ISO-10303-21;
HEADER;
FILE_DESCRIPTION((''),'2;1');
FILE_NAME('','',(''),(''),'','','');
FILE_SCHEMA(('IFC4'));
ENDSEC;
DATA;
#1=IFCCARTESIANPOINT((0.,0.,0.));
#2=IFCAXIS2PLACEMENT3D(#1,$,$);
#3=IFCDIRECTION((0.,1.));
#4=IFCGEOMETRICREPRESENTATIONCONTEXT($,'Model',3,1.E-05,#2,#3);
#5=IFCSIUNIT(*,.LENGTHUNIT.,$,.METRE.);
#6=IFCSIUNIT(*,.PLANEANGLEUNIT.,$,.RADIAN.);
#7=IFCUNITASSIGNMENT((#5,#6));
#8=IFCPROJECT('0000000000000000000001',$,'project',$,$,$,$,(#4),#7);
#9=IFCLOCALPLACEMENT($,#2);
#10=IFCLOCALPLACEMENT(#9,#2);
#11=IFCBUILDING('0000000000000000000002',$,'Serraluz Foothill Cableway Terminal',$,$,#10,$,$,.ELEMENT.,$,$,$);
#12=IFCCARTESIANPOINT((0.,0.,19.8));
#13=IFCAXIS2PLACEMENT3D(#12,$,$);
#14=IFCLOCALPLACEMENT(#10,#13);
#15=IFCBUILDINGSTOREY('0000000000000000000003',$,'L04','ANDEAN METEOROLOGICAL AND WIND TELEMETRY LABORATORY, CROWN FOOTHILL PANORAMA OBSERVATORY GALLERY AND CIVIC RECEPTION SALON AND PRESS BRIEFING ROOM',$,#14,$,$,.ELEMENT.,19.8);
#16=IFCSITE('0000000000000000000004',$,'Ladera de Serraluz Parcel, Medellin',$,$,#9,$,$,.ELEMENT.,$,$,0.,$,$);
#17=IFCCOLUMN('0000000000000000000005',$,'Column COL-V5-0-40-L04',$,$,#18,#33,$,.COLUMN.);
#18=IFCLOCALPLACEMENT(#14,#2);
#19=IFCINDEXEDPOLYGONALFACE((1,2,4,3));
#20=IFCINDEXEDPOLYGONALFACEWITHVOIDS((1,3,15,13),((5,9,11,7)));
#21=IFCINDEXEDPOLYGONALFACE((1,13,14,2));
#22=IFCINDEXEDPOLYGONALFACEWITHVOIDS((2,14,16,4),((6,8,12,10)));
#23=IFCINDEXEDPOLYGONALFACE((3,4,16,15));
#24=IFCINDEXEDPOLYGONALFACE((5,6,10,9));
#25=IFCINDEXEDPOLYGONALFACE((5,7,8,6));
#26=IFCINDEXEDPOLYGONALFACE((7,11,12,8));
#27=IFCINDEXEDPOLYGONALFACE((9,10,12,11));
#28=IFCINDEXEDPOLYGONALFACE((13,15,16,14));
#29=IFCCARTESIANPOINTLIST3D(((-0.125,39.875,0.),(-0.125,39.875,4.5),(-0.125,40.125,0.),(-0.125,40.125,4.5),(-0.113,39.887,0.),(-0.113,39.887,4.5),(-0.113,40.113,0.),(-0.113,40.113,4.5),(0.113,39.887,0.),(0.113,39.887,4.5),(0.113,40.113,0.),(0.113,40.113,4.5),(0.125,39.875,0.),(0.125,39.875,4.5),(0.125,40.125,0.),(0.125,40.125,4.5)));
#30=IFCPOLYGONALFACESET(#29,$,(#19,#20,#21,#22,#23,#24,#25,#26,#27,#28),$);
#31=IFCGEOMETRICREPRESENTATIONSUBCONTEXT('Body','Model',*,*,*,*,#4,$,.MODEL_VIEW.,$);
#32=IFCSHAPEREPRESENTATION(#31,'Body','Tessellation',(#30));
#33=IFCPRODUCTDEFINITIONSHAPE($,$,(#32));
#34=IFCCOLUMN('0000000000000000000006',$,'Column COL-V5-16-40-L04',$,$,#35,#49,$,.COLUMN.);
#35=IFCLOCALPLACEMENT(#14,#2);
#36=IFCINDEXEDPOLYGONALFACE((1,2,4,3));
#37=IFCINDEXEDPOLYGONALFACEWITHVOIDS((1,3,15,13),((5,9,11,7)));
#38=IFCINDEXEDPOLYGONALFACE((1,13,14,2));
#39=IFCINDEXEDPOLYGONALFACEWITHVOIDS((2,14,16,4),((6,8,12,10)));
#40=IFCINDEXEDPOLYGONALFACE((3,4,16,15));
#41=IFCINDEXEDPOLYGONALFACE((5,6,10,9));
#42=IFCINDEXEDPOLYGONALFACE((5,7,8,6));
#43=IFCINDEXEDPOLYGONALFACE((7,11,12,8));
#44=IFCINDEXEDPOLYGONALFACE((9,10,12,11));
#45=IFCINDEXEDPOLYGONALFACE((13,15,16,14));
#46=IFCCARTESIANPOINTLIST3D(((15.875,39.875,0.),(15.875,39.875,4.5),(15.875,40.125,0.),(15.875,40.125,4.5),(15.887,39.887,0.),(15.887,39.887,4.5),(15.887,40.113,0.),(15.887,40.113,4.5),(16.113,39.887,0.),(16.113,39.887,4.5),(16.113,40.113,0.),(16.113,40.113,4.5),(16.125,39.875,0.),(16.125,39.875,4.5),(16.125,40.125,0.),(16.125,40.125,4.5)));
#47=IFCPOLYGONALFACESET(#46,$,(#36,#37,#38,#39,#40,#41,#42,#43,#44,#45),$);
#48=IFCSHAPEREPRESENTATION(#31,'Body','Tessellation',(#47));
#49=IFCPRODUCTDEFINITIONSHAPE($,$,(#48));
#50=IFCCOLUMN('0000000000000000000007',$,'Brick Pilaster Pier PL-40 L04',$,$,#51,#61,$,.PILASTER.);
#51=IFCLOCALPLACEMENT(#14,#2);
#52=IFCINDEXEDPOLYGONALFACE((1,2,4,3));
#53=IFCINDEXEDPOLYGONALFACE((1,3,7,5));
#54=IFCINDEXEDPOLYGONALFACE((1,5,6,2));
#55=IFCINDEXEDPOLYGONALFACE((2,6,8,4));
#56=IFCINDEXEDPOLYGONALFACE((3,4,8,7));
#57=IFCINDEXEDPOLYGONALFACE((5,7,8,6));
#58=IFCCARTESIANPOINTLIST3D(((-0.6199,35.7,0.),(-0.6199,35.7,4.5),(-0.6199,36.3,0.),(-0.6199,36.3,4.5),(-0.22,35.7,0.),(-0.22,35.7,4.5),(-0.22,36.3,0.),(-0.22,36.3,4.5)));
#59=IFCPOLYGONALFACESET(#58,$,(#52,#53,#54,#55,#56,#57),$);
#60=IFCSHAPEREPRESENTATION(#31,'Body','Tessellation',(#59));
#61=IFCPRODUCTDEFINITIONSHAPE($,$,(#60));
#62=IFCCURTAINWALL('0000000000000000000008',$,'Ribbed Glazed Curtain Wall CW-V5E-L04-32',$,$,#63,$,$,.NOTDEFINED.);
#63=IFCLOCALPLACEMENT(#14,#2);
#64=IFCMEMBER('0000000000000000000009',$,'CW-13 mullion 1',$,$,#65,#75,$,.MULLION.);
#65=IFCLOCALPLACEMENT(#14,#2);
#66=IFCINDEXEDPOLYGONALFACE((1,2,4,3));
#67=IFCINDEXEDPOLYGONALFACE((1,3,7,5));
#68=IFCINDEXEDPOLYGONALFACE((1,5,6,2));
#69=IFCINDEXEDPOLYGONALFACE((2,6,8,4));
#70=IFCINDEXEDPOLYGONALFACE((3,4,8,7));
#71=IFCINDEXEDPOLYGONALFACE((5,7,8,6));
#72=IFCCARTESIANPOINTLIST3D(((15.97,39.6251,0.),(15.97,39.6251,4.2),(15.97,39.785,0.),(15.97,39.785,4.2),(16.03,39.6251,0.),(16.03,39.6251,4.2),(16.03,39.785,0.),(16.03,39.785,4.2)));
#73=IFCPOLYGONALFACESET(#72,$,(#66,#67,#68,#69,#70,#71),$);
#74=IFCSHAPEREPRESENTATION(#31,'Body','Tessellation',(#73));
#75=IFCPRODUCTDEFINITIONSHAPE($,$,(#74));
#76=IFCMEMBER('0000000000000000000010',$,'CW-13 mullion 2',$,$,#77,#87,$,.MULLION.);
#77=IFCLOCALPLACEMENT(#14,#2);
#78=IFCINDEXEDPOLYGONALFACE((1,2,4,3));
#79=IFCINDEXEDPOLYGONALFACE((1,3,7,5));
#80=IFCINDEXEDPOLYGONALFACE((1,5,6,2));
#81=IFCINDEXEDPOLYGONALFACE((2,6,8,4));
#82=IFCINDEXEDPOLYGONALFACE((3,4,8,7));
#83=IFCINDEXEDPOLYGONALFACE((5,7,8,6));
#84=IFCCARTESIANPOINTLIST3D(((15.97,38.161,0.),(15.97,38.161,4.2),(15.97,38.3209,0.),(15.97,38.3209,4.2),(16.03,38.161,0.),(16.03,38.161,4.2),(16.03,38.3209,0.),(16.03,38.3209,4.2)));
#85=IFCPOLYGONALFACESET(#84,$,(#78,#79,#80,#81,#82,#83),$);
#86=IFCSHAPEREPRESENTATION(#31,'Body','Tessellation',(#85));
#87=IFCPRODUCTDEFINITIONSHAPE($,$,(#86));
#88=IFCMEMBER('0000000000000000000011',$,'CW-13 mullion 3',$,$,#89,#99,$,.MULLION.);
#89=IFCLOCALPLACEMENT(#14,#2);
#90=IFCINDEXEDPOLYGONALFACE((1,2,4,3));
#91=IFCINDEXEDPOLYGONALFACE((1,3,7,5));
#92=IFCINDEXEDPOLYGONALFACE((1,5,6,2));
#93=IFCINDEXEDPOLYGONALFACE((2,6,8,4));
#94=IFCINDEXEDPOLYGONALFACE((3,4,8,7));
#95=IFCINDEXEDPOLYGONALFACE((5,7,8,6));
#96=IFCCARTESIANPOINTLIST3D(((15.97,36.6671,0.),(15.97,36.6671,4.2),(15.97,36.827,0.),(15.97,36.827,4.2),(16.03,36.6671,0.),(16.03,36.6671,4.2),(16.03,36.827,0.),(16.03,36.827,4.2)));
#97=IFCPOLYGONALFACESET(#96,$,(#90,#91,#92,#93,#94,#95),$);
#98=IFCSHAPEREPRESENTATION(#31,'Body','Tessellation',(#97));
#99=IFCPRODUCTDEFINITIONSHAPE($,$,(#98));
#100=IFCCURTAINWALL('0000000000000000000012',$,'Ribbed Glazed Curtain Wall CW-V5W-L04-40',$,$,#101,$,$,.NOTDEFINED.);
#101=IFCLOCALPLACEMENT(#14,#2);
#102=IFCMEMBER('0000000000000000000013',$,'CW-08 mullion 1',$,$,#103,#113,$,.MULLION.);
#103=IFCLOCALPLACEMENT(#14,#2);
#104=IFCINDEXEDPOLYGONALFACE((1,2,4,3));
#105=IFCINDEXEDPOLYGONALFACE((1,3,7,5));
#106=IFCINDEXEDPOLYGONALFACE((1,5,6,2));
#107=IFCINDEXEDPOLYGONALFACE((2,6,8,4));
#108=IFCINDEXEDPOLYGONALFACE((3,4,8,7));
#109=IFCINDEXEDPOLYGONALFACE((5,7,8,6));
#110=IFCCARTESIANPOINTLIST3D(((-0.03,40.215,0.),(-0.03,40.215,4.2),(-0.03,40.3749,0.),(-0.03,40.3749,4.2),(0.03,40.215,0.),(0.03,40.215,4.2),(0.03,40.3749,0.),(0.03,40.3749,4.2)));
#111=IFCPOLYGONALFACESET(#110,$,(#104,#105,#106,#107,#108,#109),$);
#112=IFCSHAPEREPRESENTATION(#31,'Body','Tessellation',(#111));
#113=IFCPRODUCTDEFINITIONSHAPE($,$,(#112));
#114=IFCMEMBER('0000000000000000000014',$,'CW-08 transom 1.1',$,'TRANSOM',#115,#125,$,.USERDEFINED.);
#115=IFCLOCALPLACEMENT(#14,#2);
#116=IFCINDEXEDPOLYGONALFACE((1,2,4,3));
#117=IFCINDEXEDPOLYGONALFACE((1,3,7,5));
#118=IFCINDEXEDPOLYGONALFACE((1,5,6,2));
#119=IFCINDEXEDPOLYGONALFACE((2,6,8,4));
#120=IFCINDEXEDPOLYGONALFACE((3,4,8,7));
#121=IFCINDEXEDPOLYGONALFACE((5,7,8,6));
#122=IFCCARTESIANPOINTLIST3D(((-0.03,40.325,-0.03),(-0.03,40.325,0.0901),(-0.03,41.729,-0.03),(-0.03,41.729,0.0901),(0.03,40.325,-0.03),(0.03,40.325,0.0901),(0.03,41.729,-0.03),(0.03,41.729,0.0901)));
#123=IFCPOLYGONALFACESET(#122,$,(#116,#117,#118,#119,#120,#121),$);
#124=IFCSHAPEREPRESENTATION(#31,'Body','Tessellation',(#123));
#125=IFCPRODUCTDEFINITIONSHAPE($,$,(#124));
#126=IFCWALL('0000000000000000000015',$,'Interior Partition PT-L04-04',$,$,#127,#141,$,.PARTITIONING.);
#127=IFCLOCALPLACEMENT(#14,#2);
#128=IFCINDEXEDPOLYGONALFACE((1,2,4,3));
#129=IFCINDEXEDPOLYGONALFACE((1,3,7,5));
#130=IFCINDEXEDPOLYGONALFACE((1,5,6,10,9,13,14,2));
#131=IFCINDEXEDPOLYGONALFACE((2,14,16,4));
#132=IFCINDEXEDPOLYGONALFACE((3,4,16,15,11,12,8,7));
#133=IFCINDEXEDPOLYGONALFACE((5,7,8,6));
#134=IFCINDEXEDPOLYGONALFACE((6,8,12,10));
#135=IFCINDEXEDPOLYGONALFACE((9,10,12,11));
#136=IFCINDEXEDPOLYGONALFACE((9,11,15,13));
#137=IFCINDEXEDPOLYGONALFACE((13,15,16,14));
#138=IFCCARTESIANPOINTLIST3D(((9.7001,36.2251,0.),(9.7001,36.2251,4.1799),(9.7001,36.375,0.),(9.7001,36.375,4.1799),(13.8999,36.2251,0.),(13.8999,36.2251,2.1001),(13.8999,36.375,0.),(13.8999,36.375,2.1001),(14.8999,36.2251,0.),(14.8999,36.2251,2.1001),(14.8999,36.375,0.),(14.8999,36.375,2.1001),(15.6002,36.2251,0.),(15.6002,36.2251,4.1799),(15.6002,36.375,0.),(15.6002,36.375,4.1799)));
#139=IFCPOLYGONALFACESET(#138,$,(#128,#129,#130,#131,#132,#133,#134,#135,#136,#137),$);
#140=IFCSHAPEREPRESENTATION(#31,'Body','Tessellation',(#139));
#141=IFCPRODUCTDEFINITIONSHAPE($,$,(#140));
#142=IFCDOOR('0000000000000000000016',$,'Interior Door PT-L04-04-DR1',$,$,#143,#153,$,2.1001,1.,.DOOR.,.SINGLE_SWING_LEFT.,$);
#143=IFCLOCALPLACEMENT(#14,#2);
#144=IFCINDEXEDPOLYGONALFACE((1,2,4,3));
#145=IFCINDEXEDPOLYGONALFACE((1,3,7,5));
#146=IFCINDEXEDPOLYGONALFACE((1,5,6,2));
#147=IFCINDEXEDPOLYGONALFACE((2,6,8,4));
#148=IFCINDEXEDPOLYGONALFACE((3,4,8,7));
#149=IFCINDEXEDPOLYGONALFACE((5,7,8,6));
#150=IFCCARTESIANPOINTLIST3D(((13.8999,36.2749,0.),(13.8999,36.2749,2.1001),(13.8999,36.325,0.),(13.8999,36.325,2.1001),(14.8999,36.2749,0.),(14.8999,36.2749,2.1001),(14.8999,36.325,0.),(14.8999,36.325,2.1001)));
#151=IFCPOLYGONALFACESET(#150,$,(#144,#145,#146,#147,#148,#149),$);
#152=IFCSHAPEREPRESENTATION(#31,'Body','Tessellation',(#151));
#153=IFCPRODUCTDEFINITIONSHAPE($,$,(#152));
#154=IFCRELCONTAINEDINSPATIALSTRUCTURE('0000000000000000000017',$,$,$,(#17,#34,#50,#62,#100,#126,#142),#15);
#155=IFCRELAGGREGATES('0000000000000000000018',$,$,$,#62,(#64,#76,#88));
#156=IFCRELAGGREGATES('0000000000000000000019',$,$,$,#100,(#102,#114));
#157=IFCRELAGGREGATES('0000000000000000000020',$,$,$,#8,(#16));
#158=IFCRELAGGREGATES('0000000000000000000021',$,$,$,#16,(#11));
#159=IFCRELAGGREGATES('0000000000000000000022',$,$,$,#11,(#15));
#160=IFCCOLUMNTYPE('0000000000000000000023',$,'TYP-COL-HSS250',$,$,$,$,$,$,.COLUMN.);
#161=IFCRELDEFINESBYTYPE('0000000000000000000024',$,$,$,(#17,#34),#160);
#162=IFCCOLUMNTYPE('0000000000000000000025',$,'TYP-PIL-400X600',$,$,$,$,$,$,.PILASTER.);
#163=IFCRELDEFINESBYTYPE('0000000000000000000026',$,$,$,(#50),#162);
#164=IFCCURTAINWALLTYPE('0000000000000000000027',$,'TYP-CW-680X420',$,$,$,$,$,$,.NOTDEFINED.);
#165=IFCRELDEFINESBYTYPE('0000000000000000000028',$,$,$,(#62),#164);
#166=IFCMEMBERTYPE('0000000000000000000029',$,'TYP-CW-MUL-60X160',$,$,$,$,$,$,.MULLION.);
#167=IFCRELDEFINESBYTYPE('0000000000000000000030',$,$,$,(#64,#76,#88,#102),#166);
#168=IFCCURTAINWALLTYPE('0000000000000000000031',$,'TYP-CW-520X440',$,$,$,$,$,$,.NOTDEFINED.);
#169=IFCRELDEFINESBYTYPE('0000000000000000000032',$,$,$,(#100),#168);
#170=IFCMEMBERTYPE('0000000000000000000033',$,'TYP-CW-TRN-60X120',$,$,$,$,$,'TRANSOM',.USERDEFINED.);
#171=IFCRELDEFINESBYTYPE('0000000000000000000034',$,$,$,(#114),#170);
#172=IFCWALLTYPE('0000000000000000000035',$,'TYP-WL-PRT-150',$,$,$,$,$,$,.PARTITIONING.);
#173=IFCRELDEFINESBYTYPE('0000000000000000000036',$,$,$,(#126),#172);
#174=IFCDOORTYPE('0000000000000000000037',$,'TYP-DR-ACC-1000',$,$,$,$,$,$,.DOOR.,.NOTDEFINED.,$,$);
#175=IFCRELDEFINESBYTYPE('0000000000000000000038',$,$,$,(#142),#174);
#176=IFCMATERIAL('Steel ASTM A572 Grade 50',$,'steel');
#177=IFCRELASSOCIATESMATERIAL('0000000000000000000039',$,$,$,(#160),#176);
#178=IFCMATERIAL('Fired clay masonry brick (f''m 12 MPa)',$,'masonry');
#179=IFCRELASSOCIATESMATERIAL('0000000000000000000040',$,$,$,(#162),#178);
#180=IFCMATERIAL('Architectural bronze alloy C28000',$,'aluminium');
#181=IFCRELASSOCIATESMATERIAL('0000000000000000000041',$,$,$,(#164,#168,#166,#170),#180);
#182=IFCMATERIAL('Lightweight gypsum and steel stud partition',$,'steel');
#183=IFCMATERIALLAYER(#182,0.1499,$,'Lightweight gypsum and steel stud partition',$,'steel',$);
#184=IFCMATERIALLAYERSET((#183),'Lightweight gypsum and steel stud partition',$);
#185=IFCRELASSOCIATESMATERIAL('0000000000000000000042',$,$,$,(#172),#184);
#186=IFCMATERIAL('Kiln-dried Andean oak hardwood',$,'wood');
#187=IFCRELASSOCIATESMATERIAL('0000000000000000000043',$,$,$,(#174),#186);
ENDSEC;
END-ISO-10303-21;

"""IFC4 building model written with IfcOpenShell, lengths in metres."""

from ifc_helpers import new_model, si_unit, direction, frame, frame_2d, origin, origin_2d, place, context, subcontext, project, spatial, rectangle, hollow_rectangle, extrude, material, layer, layer_set, material_profile, profile_set, type_object, element, fill, aggregate, save


model = new_model("IFC4")

# Units and contexts
model_context = context("Model", 3, precision=1e-05, world=origin(), true_north=direction((0.0, 1.0)))
body_context = subcontext(model_context, "Body", "Model", "MODEL_VIEW")
ifc_project = project(units=[si_unit("LENGTHUNIT", "METRE"), si_unit("PLANEANGLEUNIT", "RADIAN")], contexts=[model_context])

# Site, building, storey
site_placement = place(None, origin())
site = spatial("IfcSite", under=ifc_project, at=site_placement, Name="Ladera de Serraluz Parcel, Medellin", CompositionType="ELEMENT", RefElevation=0.0)
building_placement = place(site_placement, origin())
building = spatial("IfcBuilding", under=site, at=building_placement, Name="Serraluz Foothill Cableway Terminal", CompositionType="ELEMENT")
storey_placement = place(building_placement, frame((0.0, 0.0, 19.8)))
storey = spatial("IfcBuildingStorey", under=building, at=storey_placement, Name="L04", Description="ANDEAN METEOROLOGICAL AND WIND TELEMETRY LABORATORY, CROWN FOOTHILL PANORAMA OBSERVATORY GALLERY AND CIVIC RECEPTION SALON AND PRESS BRIEFING ROOM", CompositionType="ELEMENT", Elevation=19.8)

# Columns
ifc_material_1 = material(Name="Steel ASTM A572 Grade 50", Category="steel")
ifc_material_profile_1 = material_profile(ifc_material_1, hollow_rectangle(XDim=0.25, YDim=0.25, WallThickness=0.012, at=origin_2d()), Name="HSS250X250X12")
ifc_profile_set_1 = profile_set([ifc_material_profile_1], Name="Steel ASTM A572 Grade 50")
column_type_1 = type_object("IfcColumnType", Name="TYP-COL-HSS250", PredefinedType="COLUMN", material=ifc_profile_set_1)
for number, where, z_axis, x_axis, name in (
    (1, (0.0, 40.0, 0.0), (0.0, 0.0, 1.0), (1.0, 0.0, 0.0), "Column COL-V5-0-40-L04"),
    (2, (16.0, 40.0, 0.0), (0.0, 0.0, 1.0), (1.0, 0.0, 0.0), "Column COL-V5-16-40-L04"),
):
    element("IfcColumn", number, at=place(storey_placement, frame(where, z_axis=z_axis, x_axis=x_axis)), inside=storey, type_object=column_type_1, Name=name, PredefinedType="COLUMN", context=body_context, shape_type="SweptSolid", body=[
        extrude(hollow_rectangle(XDim=0.25, YDim=0.25, WallThickness=0.012, at=origin_2d()), origin(), (0.0, 0.0, 1.0), 4.5),
    ])
ifc_material_2 = material(Name="Fired clay masonry brick (f'm 12 MPa)", Category="masonry")
ifc_material_profile_2 = material_profile(ifc_material_2, rectangle(XDim=0.3999, YDim=0.6001, at=origin_2d()), Name="PIL 400x600")
ifc_profile_set_2 = profile_set([ifc_material_profile_2], Name="Fired clay masonry brick (f'm 12 MPa)")
column_type_2 = type_object("IfcColumnType", Name="TYP-PIL-400X600", PredefinedType="PILASTER", material=ifc_profile_set_2)
column_placement = place(storey_placement, frame((-0.4199, 36.0, 0.0), z_axis=(0.0, 0.0, 1.0), x_axis=(1.0, 0.0, 0.0)))
element("IfcColumn", 3, at=column_placement, inside=storey, type_object=column_type_2, Name="Brick Pilaster Pier PL-40 L04", PredefinedType="PILASTER", context=body_context, shape_type="SweptSolid", body=[
    extrude(rectangle(XDim=0.3999, YDim=0.6001, at=origin_2d()), origin(), (0.0, 0.0, 1.0), 4.5),
])

# Curtain walls, members
ifc_material_3 = material(Name="Architectural bronze alloy C28000", Category="aluminium")
curtain_wall_type_1 = type_object("IfcCurtainWallType", Name="TYP-CW-680X420", PredefinedType="NOTDEFINED", material=ifc_material_3)
curtain_wall_1_placement = place(storey_placement, origin())
curtain_wall_1 = element("IfcCurtainWall", 4, at=curtain_wall_1_placement, inside=storey, type_object=curtain_wall_type_1, Name="Ribbed Glazed Curtain Wall CW-V5E-L04-32", PredefinedType="NOTDEFINED")
ifc_material_profile_3 = material_profile(ifc_material_3, rectangle(XDim=0.0601, YDim=0.1599, at=origin_2d()), Name="ALU MULLION 60x160")
ifc_profile_set_3 = profile_set([ifc_material_profile_3], Name="Architectural bronze alloy C28000")
member_type_1 = type_object("IfcMemberType", Name="TYP-CW-MUL-60X160", PredefinedType="MULLION", material=ifc_profile_set_3)
member_1_placement = place(storey_placement, frame((16.0, 39.7051, 0.0), z_axis=(0.0, 0.0, 1.0), x_axis=(1.0, 0.0, 0.0)))
member_1 = element("IfcMember", 5, at=member_1_placement, type_object=member_type_1, Name="CW-13 mullion 1", PredefinedType="MULLION", context=body_context, shape_type="SweptSolid", body=[
    extrude(rectangle(XDim=0.0601, YDim=0.1599, at=origin_2d()), origin(), (0.0, 0.0, 1.0), 4.2),
])
member_2_placement = place(storey_placement, frame((16.0, 38.241, 0.0), z_axis=(0.0, 0.0, 1.0), x_axis=(1.0, 0.0, 0.0)))
member_2 = element("IfcMember", 6, at=member_2_placement, type_object=member_type_1, Name="CW-13 mullion 2", PredefinedType="MULLION", context=body_context, shape_type="SweptSolid", body=[
    extrude(rectangle(XDim=0.0601, YDim=0.1599, at=origin_2d()), origin(), (0.0, 0.0, 1.0), 4.2),
])
member_3_placement = place(storey_placement, frame((16.0, 36.7471, 0.0), z_axis=(0.0, 0.0, 1.0), x_axis=(1.0, 0.0, 0.0)))
member_3 = element("IfcMember", 7, at=member_3_placement, type_object=member_type_1, Name="CW-13 mullion 3", PredefinedType="MULLION", context=body_context, shape_type="SweptSolid", body=[
    extrude(rectangle(XDim=0.0601, YDim=0.1599, at=origin_2d()), origin(), (0.0, 0.0, 1.0), 4.2),
])
aggregate(curtain_wall_1, [member_1, member_2, member_3])
curtain_wall_type_2 = type_object("IfcCurtainWallType", Name="TYP-CW-520X440", PredefinedType="NOTDEFINED", material=ifc_material_3)
curtain_wall_2_placement = place(storey_placement, origin())
curtain_wall_2 = element("IfcCurtainWall", 8, at=curtain_wall_2_placement, inside=storey, type_object=curtain_wall_type_2, Name="Ribbed Glazed Curtain Wall CW-V5W-L04-40", PredefinedType="NOTDEFINED")
member_4_placement = place(storey_placement, frame((0.0, 40.2949, 0.0), z_axis=(0.0, 0.0, 1.0), x_axis=(-1.0, 0.0, 0.0)))
member_4 = element("IfcMember", 9, at=member_4_placement, type_object=member_type_1, Name="CW-08 mullion 1", PredefinedType="MULLION", context=body_context, shape_type="SweptSolid", body=[
    extrude(rectangle(XDim=0.0601, YDim=0.1599, at=origin_2d()), origin(), (0.0, 0.0, 1.0), 4.2),
])
ifc_material_profile_4 = material_profile(ifc_material_3, rectangle(XDim=0.0601, YDim=0.1201, at=origin_2d()), Name="ALU TRANSOM 60x120")
ifc_profile_set_4 = profile_set([ifc_material_profile_4], Name="Architectural bronze alloy C28000")
member_type_2 = type_object("IfcMemberType", Name="TYP-CW-TRN-60X120", ElementType="TRANSOM", PredefinedType="USERDEFINED", material=ifc_profile_set_4)
member_5_placement = place(storey_placement, frame((0.0, 40.325, 0.03), z_axis=(0.0, 1.0, 0.0), x_axis=(-1.0, 0.0, 0.0)))
member_5 = element("IfcMember", 10, at=member_5_placement, type_object=member_type_2, Name="CW-08 transom 1.1", ObjectType="TRANSOM", PredefinedType="USERDEFINED", context=body_context, shape_type="SweptSolid", body=[
    extrude(rectangle(XDim=0.0601, YDim=0.1201, at=origin_2d()), origin(), (0.0, 0.0, 1.0), 1.4041),
])
aggregate(curtain_wall_2, [member_4, member_5])

# Wall, opening, door
ifc_material_4 = material(Name="Lightweight gypsum and steel stud partition", Category="steel")
ifc_layer_1 = layer(ifc_material_4, 0.1499, Name="Lightweight gypsum and steel stud partition", Category="steel")
ifc_layer_set_1 = layer_set([ifc_layer_1], Name="Lightweight gypsum and steel stud partition")
wall_type_1 = type_object("IfcWallType", Name="TYP-WL-PRT-150", PredefinedType="PARTITIONING", material=ifc_layer_set_1)
wall_1_placement = place(storey_placement, frame((9.7, 36.3, 0.0), z_axis=(0.0, 0.0, 1.0), x_axis=(1.0, 0.0, 0.0)))
wall_1 = element("IfcWall", 11, at=wall_1_placement, inside=storey, type_object=wall_type_1, Name="Interior Partition PT-L04-04", PredefinedType="PARTITIONING", context=body_context, shape_type="SweptSolid", body=[
    extrude(rectangle(XDim=5.9001, YDim=0.1499, at=frame_2d((2.9502, 0.0))), origin(), (0.0, 0.0, 1.0), 4.1799),
])
opening_1_placement = place(wall_1_placement, frame((4.2, 0.0, 0.0)))
opening_1 = element("IfcOpeningElement", 12, at=opening_1_placement, cuts=wall_1, PredefinedType="OPENING", context=body_context, shape_type="SweptSolid", body=[
    extrude(rectangle(XDim=1.0, YDim=2.1001, at=frame_2d((0.5, 1.05))), frame((0.0, 0.085, 0.0), z_axis=(0.0, -1.0, 0.0), x_axis=(1.0, 0.0, 0.0)), (0.0, 0.0, 1.0), 0.1699),
])
ifc_material_5 = material(Name="Kiln-dried Andean oak hardwood", Category="wood")
door_type_1 = type_object("IfcDoorType", Name="TYP-DR-ACC-1000", OperationType="NOTDEFINED", PredefinedType="DOOR", material=ifc_material_5)
door_1_placement = place(opening_1_placement, origin())
door_1 = element("IfcDoor", 13, at=door_1_placement, inside=storey, type_object=door_type_1, Name="Interior Door PT-L04-04-DR1", OperationType="SINGLE_SWING_LEFT", OverallHeight=2.1001, OverallWidth=1.0, PredefinedType="DOOR", context=body_context, shape_type="SweptSolid", body=[
    extrude(rectangle(XDim=1.0, YDim=2.1001, at=frame_2d((0.5, 1.05))), frame((0.0, 0.0249, 0.0), z_axis=(0.0, -1.0, 0.0), x_axis=(1.0, 0.0, 0.0)), (0.0, 0.0, 1.0), 0.05),
])
fill(opening_1, door_1)

save(model, "model.ifc")
